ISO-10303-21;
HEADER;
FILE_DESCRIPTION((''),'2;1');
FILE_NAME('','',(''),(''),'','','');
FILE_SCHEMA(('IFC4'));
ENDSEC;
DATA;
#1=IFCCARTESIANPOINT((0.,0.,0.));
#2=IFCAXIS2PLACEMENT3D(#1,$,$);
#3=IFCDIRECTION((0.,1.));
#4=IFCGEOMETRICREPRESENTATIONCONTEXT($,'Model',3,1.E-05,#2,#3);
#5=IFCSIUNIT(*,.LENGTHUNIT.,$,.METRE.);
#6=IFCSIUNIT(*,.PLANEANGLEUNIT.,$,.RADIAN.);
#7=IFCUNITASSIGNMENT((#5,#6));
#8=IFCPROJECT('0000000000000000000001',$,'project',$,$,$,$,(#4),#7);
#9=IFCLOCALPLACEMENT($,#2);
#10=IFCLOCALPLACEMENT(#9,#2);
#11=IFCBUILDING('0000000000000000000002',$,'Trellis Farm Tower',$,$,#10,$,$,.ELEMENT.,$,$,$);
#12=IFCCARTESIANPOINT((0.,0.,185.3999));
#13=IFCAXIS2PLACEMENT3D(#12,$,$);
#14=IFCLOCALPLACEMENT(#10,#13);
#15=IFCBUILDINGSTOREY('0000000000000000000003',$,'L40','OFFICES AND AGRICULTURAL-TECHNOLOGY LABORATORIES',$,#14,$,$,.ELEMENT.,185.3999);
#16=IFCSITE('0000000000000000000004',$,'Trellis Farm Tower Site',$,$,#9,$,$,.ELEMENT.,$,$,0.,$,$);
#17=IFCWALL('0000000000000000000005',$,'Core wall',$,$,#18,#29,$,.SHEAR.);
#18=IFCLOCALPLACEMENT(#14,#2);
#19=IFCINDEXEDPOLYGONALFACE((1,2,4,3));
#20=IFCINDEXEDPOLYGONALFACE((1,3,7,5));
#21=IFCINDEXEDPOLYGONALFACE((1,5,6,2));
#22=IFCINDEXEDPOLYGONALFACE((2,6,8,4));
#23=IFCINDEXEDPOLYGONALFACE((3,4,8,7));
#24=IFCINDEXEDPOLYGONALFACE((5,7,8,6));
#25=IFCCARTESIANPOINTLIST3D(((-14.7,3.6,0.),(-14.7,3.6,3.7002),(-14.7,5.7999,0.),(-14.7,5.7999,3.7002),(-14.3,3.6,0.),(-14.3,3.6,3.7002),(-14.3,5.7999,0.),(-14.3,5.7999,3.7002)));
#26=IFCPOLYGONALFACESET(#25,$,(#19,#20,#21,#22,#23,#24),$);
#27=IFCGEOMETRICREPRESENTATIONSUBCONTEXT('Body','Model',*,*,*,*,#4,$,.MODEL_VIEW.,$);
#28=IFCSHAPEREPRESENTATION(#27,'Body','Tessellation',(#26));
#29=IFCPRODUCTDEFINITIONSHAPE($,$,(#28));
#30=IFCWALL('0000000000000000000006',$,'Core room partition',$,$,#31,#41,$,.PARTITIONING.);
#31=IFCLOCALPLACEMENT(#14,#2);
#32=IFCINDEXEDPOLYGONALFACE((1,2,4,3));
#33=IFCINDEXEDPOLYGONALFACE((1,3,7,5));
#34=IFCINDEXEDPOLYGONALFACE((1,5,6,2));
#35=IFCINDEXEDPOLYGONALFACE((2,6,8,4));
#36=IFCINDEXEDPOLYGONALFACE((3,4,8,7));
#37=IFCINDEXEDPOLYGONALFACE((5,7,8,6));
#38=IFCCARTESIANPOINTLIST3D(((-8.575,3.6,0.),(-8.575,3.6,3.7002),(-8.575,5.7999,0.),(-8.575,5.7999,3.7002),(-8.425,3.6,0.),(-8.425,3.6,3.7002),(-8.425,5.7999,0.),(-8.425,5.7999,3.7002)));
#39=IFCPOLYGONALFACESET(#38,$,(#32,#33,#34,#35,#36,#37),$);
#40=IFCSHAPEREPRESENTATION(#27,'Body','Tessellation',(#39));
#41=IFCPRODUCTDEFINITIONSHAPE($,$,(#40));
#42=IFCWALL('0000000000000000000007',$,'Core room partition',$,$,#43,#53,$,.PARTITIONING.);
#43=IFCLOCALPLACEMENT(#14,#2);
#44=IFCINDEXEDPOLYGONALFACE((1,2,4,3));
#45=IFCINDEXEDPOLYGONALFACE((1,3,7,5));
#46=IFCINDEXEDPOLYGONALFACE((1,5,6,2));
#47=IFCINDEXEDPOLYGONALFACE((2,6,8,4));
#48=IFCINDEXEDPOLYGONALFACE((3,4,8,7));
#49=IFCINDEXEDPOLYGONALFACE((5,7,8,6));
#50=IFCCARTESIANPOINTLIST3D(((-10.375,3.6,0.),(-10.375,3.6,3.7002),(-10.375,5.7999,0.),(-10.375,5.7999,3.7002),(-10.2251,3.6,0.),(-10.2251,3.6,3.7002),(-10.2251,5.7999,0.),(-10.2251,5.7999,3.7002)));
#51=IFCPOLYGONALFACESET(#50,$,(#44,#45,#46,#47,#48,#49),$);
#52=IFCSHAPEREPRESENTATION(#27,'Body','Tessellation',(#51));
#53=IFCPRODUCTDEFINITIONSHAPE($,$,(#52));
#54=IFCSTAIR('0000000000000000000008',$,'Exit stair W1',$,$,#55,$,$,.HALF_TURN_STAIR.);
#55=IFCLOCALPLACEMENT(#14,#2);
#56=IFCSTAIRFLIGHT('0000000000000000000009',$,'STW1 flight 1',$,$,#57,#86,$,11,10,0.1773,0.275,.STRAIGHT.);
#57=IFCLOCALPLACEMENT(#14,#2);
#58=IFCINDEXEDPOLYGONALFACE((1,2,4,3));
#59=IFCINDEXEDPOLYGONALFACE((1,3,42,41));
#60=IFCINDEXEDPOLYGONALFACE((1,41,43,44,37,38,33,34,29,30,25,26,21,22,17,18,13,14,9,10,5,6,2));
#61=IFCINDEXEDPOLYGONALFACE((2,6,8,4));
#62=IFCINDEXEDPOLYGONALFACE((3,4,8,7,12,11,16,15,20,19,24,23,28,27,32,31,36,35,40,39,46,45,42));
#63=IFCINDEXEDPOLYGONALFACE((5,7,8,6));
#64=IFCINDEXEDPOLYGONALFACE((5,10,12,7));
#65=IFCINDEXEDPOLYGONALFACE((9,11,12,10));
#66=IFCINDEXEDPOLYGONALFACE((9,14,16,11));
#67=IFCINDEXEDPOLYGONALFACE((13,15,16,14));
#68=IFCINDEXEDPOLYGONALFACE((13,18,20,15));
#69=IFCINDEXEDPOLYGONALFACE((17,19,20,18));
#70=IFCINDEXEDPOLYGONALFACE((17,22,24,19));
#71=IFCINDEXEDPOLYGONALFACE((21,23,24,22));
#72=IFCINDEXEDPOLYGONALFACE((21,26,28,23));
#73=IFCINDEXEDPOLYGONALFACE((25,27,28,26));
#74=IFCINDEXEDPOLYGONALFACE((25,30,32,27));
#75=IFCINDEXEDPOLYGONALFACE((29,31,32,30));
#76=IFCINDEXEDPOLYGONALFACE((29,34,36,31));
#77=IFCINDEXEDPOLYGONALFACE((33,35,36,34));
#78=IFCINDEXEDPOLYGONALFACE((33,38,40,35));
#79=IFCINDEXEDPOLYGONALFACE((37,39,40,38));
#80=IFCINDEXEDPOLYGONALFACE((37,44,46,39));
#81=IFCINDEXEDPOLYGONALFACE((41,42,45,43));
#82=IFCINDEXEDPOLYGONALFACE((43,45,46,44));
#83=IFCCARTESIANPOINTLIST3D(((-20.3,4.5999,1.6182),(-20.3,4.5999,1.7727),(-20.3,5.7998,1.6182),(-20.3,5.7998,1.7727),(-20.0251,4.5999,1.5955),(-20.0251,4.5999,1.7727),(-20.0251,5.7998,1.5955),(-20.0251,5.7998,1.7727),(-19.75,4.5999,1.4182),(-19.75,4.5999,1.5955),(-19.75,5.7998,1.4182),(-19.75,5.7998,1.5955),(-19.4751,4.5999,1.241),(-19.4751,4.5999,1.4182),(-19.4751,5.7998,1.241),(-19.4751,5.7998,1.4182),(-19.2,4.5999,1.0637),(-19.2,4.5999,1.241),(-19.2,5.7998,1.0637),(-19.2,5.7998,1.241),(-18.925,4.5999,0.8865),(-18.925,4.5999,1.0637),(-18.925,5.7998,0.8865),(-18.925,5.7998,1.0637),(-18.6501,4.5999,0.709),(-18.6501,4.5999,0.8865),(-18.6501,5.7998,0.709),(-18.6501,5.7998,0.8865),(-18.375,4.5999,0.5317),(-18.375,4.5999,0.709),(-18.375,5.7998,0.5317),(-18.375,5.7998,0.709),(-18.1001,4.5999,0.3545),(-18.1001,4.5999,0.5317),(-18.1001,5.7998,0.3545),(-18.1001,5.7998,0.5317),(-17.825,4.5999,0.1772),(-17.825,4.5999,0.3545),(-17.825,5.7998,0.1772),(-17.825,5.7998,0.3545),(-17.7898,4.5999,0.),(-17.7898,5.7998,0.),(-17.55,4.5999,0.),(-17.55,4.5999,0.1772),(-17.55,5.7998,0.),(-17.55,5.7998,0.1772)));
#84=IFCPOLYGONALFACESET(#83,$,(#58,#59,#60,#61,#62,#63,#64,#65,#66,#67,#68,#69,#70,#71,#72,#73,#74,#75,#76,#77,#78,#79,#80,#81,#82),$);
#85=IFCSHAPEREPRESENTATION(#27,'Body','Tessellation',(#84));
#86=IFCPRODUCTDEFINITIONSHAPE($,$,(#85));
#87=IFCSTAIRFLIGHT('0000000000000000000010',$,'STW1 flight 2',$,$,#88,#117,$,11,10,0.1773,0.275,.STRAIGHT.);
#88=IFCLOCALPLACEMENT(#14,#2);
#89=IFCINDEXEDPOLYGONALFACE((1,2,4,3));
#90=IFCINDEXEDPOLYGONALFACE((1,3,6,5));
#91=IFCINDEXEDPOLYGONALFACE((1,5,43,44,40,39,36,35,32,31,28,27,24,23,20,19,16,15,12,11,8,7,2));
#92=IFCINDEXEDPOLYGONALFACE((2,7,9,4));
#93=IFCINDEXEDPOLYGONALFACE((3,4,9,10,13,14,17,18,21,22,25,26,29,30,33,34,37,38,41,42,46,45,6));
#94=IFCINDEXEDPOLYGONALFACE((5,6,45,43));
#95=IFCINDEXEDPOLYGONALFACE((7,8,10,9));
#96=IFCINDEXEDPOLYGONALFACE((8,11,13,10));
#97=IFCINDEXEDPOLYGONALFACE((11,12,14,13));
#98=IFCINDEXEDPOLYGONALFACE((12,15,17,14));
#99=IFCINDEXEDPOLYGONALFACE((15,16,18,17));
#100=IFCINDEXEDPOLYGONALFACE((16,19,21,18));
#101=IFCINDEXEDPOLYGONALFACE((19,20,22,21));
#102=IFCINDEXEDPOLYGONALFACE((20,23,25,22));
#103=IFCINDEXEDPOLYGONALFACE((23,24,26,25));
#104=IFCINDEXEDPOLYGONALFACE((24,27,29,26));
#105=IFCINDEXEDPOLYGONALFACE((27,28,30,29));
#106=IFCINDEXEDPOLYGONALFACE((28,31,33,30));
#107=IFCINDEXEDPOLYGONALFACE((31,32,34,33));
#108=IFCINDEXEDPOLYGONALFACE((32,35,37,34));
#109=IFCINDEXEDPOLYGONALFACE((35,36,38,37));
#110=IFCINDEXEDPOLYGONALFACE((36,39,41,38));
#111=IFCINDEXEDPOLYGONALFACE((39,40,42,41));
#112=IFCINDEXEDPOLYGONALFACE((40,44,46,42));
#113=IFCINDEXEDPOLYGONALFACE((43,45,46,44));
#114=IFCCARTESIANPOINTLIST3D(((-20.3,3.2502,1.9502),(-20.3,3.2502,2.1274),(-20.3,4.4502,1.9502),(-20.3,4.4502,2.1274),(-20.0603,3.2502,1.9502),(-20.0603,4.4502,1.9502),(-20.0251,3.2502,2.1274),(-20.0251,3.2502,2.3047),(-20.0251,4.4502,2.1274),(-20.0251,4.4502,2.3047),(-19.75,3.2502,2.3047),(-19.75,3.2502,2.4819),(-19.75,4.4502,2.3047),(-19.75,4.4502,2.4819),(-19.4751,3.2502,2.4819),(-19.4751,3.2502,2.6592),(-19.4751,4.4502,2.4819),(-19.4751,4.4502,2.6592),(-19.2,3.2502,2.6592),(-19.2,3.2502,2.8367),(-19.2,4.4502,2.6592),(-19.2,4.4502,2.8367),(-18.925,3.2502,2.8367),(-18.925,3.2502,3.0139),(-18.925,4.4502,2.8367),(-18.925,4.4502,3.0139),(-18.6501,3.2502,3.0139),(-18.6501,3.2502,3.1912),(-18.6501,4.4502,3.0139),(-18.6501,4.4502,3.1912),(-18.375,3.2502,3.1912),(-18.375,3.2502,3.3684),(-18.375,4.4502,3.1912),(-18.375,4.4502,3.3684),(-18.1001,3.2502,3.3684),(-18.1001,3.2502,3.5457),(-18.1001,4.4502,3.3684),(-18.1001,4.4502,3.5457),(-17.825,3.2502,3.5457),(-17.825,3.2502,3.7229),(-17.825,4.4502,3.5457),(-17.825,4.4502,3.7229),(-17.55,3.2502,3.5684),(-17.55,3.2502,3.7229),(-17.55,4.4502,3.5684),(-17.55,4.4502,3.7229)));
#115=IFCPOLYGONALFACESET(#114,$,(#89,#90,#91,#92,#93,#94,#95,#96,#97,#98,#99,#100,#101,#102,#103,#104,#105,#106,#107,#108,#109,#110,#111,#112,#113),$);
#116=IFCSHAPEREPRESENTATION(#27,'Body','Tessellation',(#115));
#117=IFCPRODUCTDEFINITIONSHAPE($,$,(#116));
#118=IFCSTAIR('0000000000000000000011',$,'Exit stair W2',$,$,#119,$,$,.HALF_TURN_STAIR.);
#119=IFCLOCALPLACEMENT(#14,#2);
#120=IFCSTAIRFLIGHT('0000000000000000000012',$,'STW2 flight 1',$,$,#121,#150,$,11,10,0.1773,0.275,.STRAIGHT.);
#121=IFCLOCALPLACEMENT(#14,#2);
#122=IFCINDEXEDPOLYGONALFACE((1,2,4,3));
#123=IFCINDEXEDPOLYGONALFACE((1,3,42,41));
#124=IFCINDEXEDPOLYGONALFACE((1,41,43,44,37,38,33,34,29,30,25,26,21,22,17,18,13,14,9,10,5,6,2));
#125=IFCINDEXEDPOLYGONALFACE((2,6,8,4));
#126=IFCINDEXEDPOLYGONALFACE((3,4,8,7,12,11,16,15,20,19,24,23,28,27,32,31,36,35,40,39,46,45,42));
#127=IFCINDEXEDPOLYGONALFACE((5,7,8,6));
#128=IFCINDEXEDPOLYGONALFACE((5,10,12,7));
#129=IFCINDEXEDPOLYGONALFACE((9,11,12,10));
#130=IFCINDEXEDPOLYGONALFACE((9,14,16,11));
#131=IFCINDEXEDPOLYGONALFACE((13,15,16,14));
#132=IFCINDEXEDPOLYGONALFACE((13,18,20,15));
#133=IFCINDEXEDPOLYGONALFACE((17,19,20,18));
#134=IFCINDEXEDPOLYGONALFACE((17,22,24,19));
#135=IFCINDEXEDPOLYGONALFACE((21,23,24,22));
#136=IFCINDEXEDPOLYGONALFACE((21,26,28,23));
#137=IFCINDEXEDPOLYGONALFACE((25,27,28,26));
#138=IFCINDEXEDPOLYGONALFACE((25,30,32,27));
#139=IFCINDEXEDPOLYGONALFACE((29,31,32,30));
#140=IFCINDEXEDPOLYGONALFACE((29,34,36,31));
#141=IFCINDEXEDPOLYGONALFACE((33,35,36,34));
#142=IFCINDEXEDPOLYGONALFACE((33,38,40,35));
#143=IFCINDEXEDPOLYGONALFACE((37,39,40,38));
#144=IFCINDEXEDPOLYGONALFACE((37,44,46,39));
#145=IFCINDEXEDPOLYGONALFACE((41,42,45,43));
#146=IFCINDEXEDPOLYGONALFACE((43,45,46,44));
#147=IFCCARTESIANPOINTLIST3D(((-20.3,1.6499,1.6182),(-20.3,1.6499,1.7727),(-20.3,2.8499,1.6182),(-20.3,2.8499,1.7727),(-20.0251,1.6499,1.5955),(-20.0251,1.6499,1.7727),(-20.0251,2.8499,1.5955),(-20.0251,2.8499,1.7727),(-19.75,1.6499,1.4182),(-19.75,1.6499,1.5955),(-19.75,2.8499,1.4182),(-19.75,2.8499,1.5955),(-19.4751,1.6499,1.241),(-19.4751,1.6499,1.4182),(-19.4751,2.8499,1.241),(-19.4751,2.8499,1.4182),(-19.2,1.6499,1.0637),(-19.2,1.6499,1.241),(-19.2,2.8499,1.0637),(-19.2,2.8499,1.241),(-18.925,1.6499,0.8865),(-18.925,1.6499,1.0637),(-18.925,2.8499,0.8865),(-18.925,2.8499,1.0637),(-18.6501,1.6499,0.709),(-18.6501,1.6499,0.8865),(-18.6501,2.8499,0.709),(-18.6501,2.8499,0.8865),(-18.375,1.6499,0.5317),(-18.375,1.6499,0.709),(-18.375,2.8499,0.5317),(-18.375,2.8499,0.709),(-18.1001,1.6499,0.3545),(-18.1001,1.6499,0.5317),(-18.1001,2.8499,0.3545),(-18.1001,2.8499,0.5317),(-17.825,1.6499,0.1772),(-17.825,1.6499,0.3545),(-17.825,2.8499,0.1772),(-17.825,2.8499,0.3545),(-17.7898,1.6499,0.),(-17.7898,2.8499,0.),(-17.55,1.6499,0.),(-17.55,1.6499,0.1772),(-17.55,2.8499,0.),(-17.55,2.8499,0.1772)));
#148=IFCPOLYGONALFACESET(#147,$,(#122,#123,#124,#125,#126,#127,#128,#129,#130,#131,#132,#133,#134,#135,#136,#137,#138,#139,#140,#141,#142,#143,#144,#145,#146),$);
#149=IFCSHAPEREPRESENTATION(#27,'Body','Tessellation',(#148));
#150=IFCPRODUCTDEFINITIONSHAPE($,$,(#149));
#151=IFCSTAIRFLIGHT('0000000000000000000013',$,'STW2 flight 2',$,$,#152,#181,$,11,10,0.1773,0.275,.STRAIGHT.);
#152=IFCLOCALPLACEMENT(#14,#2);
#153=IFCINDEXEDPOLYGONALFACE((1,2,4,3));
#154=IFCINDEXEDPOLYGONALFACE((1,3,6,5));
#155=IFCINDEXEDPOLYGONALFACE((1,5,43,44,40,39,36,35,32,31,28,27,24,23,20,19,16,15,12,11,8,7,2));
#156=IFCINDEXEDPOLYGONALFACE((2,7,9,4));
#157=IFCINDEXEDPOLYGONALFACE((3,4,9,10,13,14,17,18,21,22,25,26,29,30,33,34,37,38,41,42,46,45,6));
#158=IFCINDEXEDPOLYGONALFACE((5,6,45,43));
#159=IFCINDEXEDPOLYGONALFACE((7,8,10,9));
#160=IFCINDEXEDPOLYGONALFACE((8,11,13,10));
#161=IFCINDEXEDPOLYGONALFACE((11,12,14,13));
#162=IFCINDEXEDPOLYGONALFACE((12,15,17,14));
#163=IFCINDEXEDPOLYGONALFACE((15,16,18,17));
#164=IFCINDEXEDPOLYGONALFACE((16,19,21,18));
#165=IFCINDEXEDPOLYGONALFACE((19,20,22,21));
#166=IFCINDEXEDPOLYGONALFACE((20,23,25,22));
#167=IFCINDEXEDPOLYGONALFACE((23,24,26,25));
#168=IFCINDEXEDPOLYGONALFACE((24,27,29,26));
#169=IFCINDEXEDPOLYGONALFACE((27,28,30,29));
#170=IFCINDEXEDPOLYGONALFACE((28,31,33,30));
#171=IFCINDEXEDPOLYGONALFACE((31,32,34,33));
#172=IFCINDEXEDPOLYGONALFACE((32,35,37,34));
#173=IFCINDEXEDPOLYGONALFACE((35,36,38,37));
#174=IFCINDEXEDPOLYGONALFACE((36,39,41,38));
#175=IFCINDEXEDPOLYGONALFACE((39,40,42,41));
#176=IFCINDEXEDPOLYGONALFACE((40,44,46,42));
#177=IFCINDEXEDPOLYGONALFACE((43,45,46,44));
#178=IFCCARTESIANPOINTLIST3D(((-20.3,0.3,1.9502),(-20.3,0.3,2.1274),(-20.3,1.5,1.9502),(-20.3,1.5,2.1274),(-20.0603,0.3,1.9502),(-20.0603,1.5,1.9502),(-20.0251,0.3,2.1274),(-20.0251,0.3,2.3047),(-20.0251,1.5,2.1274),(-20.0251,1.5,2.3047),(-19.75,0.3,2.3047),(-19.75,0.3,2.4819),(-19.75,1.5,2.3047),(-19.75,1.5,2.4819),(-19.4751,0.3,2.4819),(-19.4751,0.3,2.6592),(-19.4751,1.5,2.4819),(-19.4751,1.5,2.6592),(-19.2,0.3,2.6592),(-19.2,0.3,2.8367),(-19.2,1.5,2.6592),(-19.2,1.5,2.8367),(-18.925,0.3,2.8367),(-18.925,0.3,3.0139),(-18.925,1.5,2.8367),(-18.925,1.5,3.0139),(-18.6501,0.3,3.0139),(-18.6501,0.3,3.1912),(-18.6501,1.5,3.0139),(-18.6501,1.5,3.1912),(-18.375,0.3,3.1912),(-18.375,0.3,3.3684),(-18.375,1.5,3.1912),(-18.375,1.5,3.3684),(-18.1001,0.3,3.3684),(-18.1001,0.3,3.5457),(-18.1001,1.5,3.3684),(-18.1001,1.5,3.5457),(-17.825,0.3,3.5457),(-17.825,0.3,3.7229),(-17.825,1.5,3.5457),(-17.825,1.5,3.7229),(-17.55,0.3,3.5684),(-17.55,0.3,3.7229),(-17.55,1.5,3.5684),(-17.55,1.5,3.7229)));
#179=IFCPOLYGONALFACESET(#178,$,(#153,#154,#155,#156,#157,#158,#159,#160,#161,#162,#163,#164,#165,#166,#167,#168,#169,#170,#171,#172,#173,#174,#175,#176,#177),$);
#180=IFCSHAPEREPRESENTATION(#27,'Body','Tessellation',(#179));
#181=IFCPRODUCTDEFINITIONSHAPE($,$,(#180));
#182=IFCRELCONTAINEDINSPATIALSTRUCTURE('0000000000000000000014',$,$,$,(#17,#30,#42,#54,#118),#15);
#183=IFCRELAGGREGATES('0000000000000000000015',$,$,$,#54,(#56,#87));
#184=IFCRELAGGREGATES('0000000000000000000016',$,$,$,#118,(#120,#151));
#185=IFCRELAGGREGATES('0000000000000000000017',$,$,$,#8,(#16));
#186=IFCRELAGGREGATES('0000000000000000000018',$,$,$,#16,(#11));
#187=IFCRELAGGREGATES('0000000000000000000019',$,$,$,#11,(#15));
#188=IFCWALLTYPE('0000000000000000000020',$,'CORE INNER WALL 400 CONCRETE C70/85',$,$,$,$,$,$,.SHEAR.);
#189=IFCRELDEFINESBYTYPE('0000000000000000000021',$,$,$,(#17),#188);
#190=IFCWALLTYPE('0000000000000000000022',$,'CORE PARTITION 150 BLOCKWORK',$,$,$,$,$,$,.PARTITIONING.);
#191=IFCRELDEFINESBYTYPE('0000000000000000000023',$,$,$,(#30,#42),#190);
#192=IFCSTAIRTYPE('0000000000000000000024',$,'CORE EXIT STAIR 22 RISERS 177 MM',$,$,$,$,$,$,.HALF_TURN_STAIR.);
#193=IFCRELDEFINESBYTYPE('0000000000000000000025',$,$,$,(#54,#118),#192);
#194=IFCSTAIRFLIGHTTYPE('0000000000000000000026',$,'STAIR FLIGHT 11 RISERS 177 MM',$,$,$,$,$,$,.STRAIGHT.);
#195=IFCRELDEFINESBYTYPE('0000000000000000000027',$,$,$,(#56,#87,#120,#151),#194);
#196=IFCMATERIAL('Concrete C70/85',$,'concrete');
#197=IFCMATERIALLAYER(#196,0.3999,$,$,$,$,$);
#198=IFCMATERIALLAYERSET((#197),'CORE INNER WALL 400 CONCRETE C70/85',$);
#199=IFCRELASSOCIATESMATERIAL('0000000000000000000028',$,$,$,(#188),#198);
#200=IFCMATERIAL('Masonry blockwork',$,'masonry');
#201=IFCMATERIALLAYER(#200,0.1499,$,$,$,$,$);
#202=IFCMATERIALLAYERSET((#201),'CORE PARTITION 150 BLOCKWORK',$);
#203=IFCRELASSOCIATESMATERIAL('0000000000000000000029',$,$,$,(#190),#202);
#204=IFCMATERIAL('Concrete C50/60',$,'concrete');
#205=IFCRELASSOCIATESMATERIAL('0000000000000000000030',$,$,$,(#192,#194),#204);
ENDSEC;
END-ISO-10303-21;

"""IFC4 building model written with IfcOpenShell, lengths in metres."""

from ifc_helpers import new_model, si_unit, direction, frame, frame_2d, origin, place, context, subcontext, project, spatial, polyline, rectangle, outline, extrude, source, transform, mapped, material, layer, layer_set, type_object, element, aggregate, save


model = new_model("IFC4")

# Units and contexts
model_context = context("Model", 3, precision=1e-05, world=origin(), true_north=direction((0.0, 1.0)))
body_context = subcontext(model_context, "Body", "Model", "MODEL_VIEW")
ifc_project = project(units=[si_unit("LENGTHUNIT", "METRE"), si_unit("PLANEANGLEUNIT", "RADIAN")], contexts=[model_context])

# Site, building, storey
site_placement = place(None, origin())
site = spatial("IfcSite", under=ifc_project, at=site_placement, Name="Trellis Farm Tower Site", CompositionType="ELEMENT", RefElevation=0.0)
building_placement = place(site_placement, origin())
building = spatial("IfcBuilding", under=site, at=building_placement, Name="Trellis Farm Tower", CompositionType="ELEMENT")
storey_placement = place(building_placement, frame((0.0, 0.0, 185.3999)))
storey = spatial("IfcBuildingStorey", under=building, at=storey_placement, Name="L40", Description="OFFICES AND AGRICULTURAL-TECHNOLOGY LABORATORIES", CompositionType="ELEMENT", Elevation=185.3999)

# Shared definitions
ifc_material_1 = material(Name="Concrete C70/85", Category="concrete")

# Shared definitions
placement = place(storey_placement, origin())

# Shared definitions
ifc_layer_1 = layer(ifc_material_1, 0.3999)
ifc_layer_set_1 = layer_set([ifc_layer_1], Name="CORE INNER WALL 400 CONCRETE C70/85")
wall_type_1 = type_object("IfcWallType", Name="CORE INNER WALL 400 CONCRETE C70/85", PredefinedType="SHEAR", material=ifc_layer_set_1)

# Walls
shared_shape_1 = source(origin(), body_context, "Body", "SweptSolid", [
    extrude(rectangle(XDim=2.2, YDim=0.3999, at=frame_2d((1.1001, 0.0))), origin(), (0.0, 0.0, 1.0), 3.7002),
])
wall_1_placement = place(storey_placement, frame((-14.5, 5.8, 0.0), z_axis=(0.0, 0.0, 1.0), x_axis=(0.0, -1.0, 0.0)))
element("IfcWall", 1, at=wall_1_placement, inside=storey, type_object=wall_type_1, Name="Core wall", PredefinedType="SHEAR", context=body_context, shape_type="MappedRepresentation", body=[
    mapped(shared_shape_1, transform((0.0, 0.0, 0.0))),
])
ifc_material_2 = material(Name="Masonry blockwork", Category="masonry")
ifc_layer_2 = layer(ifc_material_2, 0.1499)
ifc_layer_set_2 = layer_set([ifc_layer_2], Name="CORE PARTITION 150 BLOCKWORK")
wall_type_2 = type_object("IfcWallType", Name="CORE PARTITION 150 BLOCKWORK", PredefinedType="PARTITIONING", material=ifc_layer_set_2)
shared_shape_2 = source(origin(), body_context, "Body", "SweptSolid", [
    extrude(rectangle(XDim=2.2, YDim=0.1499, at=frame_2d((1.1001, 0.0))), origin(), (0.0, 0.0, 1.0), 3.7002),
])
for number, where, z_axis, x_axis, name in (
    (2, (-8.5, 5.8, 0.0), (0.0, 0.0, 1.0), (0.0, -1.0, 0.0), "Core room partition"),
    (3, (-10.3, 5.8, 0.0), (0.0, 0.0, 1.0), (0.0, -1.0, 0.0), "Core room partition"),
):
    element("IfcWall", number, at=place(storey_placement, frame(where, z_axis=z_axis, x_axis=x_axis)), inside=storey, type_object=wall_type_2, Name=name, PredefinedType="PARTITIONING", context=body_context, shape_type="MappedRepresentation", body=[
        mapped(shared_shape_2, transform((0.0, 0.0, 0.0))),
    ])

# Stairs, stair flights
ifc_material_3 = material(Name="Concrete C50/60", Category="concrete")
stair_type = type_object("IfcStairType", Name="CORE EXIT STAIR 22 RISERS 177 MM", PredefinedType="HALF_TURN_STAIR", material=ifc_material_3)
stair_1 = element("IfcStair", 4, at=placement, inside=storey, type_object=stair_type, Name="Exit stair W1", PredefinedType="HALF_TURN_STAIR")
stair_flight_type = type_object("IfcStairFlightType", Name="STAIR FLIGHT 11 RISERS 177 MM", PredefinedType="STRAIGHT", material=ifc_material_3)
shared_shape_3 = source(origin(), body_context, "Body", "SweptSolid", [
    extrude(outline(polyline([(0.0, 0.0), (0.0, 0.1772), (0.2749, 0.1772), (0.2749, 0.3545), (0.55, 0.3545), (0.55, 0.5317), (0.825, 0.5317), (0.825, 0.709), (1.1001, 0.709), (1.1001, 0.8865), (1.375, 0.8865), (1.375, 1.0637), (1.6499, 1.0637), (1.6499, 1.241), (1.925, 1.241), (1.925, 1.4182), (2.2, 1.4182), (2.2, 1.5955), (2.4751, 1.5955), (2.4751, 1.7727), (2.75, 1.7727), (2.75, 1.95), (2.75, 1.6182), (0.2397, 0.0), (0.0, 0.0)])), frame((0.0, 0.6001, 0.0), z_axis=(0.0, -1.0, 0.0), x_axis=(1.0, 0.0, 0.0)), (0.0, 0.0, 1.0), 1.2),
])
stair_flight_1_placement = place(storey_placement, frame((-17.55, 5.2, 0.0), z_axis=(0.0, 0.0, 1.0), x_axis=(-1.0, 0.0, 0.0)))
stair_flight_1 = element("IfcStairFlight", 5, at=stair_flight_1_placement, type_object=stair_flight_type, Name="STW1 flight 1", NumberOfRisers=11, NumberOfTreads=10, PredefinedType="STRAIGHT", RiserHeight=0.1773, TreadLength=0.275, context=body_context, shape_type="MappedRepresentation", body=[
    mapped(shared_shape_3, transform((0.0, 0.0, 0.0))),
])
stair_flight_2_placement = place(storey_placement, frame((-20.3, 3.8501, 1.9502), z_axis=(0.0, 0.0, 1.0), x_axis=(1.0, 0.0, 0.0)))
stair_flight_2 = element("IfcStairFlight", 6, at=stair_flight_2_placement, type_object=stair_flight_type, Name="STW1 flight 2", NumberOfRisers=11, NumberOfTreads=10, PredefinedType="STRAIGHT", RiserHeight=0.1773, TreadLength=0.275, context=body_context, shape_type="MappedRepresentation", body=[
    mapped(shared_shape_3, transform((0.0, 0.0, 0.0))),
])
aggregate(stair_1, [stair_flight_1, stair_flight_2])
stair_2 = element("IfcStair", 7, at=placement, inside=storey, type_object=stair_type, Name="Exit stair W2", PredefinedType="HALF_TURN_STAIR")
stair_flight_3_placement = place(storey_placement, frame((-17.55, 2.25, 0.0), z_axis=(0.0, 0.0, 1.0), x_axis=(-1.0, 0.0, 0.0)))
stair_flight_3 = element("IfcStairFlight", 8, at=stair_flight_3_placement, type_object=stair_flight_type, Name="STW2 flight 1", NumberOfRisers=11, NumberOfTreads=10, PredefinedType="STRAIGHT", RiserHeight=0.1773, TreadLength=0.275, context=body_context, shape_type="MappedRepresentation", body=[
    mapped(shared_shape_3, transform((0.0, 0.0, 0.0))),
])
stair_flight_4_placement = place(storey_placement, frame((-20.3, 0.8999, 1.9502), z_axis=(0.0, 0.0, 1.0), x_axis=(1.0, 0.0, 0.0)))
stair_flight_4 = element("IfcStairFlight", 9, at=stair_flight_4_placement, type_object=stair_flight_type, Name="STW2 flight 2", NumberOfRisers=11, NumberOfTreads=10, PredefinedType="STRAIGHT", RiserHeight=0.1773, TreadLength=0.275, context=body_context, shape_type="MappedRepresentation", body=[
    mapped(shared_shape_3, transform((0.0, 0.0, 0.0))),
])
aggregate(stair_2, [stair_flight_3, stair_flight_4])

save(model, "model.ifc")
